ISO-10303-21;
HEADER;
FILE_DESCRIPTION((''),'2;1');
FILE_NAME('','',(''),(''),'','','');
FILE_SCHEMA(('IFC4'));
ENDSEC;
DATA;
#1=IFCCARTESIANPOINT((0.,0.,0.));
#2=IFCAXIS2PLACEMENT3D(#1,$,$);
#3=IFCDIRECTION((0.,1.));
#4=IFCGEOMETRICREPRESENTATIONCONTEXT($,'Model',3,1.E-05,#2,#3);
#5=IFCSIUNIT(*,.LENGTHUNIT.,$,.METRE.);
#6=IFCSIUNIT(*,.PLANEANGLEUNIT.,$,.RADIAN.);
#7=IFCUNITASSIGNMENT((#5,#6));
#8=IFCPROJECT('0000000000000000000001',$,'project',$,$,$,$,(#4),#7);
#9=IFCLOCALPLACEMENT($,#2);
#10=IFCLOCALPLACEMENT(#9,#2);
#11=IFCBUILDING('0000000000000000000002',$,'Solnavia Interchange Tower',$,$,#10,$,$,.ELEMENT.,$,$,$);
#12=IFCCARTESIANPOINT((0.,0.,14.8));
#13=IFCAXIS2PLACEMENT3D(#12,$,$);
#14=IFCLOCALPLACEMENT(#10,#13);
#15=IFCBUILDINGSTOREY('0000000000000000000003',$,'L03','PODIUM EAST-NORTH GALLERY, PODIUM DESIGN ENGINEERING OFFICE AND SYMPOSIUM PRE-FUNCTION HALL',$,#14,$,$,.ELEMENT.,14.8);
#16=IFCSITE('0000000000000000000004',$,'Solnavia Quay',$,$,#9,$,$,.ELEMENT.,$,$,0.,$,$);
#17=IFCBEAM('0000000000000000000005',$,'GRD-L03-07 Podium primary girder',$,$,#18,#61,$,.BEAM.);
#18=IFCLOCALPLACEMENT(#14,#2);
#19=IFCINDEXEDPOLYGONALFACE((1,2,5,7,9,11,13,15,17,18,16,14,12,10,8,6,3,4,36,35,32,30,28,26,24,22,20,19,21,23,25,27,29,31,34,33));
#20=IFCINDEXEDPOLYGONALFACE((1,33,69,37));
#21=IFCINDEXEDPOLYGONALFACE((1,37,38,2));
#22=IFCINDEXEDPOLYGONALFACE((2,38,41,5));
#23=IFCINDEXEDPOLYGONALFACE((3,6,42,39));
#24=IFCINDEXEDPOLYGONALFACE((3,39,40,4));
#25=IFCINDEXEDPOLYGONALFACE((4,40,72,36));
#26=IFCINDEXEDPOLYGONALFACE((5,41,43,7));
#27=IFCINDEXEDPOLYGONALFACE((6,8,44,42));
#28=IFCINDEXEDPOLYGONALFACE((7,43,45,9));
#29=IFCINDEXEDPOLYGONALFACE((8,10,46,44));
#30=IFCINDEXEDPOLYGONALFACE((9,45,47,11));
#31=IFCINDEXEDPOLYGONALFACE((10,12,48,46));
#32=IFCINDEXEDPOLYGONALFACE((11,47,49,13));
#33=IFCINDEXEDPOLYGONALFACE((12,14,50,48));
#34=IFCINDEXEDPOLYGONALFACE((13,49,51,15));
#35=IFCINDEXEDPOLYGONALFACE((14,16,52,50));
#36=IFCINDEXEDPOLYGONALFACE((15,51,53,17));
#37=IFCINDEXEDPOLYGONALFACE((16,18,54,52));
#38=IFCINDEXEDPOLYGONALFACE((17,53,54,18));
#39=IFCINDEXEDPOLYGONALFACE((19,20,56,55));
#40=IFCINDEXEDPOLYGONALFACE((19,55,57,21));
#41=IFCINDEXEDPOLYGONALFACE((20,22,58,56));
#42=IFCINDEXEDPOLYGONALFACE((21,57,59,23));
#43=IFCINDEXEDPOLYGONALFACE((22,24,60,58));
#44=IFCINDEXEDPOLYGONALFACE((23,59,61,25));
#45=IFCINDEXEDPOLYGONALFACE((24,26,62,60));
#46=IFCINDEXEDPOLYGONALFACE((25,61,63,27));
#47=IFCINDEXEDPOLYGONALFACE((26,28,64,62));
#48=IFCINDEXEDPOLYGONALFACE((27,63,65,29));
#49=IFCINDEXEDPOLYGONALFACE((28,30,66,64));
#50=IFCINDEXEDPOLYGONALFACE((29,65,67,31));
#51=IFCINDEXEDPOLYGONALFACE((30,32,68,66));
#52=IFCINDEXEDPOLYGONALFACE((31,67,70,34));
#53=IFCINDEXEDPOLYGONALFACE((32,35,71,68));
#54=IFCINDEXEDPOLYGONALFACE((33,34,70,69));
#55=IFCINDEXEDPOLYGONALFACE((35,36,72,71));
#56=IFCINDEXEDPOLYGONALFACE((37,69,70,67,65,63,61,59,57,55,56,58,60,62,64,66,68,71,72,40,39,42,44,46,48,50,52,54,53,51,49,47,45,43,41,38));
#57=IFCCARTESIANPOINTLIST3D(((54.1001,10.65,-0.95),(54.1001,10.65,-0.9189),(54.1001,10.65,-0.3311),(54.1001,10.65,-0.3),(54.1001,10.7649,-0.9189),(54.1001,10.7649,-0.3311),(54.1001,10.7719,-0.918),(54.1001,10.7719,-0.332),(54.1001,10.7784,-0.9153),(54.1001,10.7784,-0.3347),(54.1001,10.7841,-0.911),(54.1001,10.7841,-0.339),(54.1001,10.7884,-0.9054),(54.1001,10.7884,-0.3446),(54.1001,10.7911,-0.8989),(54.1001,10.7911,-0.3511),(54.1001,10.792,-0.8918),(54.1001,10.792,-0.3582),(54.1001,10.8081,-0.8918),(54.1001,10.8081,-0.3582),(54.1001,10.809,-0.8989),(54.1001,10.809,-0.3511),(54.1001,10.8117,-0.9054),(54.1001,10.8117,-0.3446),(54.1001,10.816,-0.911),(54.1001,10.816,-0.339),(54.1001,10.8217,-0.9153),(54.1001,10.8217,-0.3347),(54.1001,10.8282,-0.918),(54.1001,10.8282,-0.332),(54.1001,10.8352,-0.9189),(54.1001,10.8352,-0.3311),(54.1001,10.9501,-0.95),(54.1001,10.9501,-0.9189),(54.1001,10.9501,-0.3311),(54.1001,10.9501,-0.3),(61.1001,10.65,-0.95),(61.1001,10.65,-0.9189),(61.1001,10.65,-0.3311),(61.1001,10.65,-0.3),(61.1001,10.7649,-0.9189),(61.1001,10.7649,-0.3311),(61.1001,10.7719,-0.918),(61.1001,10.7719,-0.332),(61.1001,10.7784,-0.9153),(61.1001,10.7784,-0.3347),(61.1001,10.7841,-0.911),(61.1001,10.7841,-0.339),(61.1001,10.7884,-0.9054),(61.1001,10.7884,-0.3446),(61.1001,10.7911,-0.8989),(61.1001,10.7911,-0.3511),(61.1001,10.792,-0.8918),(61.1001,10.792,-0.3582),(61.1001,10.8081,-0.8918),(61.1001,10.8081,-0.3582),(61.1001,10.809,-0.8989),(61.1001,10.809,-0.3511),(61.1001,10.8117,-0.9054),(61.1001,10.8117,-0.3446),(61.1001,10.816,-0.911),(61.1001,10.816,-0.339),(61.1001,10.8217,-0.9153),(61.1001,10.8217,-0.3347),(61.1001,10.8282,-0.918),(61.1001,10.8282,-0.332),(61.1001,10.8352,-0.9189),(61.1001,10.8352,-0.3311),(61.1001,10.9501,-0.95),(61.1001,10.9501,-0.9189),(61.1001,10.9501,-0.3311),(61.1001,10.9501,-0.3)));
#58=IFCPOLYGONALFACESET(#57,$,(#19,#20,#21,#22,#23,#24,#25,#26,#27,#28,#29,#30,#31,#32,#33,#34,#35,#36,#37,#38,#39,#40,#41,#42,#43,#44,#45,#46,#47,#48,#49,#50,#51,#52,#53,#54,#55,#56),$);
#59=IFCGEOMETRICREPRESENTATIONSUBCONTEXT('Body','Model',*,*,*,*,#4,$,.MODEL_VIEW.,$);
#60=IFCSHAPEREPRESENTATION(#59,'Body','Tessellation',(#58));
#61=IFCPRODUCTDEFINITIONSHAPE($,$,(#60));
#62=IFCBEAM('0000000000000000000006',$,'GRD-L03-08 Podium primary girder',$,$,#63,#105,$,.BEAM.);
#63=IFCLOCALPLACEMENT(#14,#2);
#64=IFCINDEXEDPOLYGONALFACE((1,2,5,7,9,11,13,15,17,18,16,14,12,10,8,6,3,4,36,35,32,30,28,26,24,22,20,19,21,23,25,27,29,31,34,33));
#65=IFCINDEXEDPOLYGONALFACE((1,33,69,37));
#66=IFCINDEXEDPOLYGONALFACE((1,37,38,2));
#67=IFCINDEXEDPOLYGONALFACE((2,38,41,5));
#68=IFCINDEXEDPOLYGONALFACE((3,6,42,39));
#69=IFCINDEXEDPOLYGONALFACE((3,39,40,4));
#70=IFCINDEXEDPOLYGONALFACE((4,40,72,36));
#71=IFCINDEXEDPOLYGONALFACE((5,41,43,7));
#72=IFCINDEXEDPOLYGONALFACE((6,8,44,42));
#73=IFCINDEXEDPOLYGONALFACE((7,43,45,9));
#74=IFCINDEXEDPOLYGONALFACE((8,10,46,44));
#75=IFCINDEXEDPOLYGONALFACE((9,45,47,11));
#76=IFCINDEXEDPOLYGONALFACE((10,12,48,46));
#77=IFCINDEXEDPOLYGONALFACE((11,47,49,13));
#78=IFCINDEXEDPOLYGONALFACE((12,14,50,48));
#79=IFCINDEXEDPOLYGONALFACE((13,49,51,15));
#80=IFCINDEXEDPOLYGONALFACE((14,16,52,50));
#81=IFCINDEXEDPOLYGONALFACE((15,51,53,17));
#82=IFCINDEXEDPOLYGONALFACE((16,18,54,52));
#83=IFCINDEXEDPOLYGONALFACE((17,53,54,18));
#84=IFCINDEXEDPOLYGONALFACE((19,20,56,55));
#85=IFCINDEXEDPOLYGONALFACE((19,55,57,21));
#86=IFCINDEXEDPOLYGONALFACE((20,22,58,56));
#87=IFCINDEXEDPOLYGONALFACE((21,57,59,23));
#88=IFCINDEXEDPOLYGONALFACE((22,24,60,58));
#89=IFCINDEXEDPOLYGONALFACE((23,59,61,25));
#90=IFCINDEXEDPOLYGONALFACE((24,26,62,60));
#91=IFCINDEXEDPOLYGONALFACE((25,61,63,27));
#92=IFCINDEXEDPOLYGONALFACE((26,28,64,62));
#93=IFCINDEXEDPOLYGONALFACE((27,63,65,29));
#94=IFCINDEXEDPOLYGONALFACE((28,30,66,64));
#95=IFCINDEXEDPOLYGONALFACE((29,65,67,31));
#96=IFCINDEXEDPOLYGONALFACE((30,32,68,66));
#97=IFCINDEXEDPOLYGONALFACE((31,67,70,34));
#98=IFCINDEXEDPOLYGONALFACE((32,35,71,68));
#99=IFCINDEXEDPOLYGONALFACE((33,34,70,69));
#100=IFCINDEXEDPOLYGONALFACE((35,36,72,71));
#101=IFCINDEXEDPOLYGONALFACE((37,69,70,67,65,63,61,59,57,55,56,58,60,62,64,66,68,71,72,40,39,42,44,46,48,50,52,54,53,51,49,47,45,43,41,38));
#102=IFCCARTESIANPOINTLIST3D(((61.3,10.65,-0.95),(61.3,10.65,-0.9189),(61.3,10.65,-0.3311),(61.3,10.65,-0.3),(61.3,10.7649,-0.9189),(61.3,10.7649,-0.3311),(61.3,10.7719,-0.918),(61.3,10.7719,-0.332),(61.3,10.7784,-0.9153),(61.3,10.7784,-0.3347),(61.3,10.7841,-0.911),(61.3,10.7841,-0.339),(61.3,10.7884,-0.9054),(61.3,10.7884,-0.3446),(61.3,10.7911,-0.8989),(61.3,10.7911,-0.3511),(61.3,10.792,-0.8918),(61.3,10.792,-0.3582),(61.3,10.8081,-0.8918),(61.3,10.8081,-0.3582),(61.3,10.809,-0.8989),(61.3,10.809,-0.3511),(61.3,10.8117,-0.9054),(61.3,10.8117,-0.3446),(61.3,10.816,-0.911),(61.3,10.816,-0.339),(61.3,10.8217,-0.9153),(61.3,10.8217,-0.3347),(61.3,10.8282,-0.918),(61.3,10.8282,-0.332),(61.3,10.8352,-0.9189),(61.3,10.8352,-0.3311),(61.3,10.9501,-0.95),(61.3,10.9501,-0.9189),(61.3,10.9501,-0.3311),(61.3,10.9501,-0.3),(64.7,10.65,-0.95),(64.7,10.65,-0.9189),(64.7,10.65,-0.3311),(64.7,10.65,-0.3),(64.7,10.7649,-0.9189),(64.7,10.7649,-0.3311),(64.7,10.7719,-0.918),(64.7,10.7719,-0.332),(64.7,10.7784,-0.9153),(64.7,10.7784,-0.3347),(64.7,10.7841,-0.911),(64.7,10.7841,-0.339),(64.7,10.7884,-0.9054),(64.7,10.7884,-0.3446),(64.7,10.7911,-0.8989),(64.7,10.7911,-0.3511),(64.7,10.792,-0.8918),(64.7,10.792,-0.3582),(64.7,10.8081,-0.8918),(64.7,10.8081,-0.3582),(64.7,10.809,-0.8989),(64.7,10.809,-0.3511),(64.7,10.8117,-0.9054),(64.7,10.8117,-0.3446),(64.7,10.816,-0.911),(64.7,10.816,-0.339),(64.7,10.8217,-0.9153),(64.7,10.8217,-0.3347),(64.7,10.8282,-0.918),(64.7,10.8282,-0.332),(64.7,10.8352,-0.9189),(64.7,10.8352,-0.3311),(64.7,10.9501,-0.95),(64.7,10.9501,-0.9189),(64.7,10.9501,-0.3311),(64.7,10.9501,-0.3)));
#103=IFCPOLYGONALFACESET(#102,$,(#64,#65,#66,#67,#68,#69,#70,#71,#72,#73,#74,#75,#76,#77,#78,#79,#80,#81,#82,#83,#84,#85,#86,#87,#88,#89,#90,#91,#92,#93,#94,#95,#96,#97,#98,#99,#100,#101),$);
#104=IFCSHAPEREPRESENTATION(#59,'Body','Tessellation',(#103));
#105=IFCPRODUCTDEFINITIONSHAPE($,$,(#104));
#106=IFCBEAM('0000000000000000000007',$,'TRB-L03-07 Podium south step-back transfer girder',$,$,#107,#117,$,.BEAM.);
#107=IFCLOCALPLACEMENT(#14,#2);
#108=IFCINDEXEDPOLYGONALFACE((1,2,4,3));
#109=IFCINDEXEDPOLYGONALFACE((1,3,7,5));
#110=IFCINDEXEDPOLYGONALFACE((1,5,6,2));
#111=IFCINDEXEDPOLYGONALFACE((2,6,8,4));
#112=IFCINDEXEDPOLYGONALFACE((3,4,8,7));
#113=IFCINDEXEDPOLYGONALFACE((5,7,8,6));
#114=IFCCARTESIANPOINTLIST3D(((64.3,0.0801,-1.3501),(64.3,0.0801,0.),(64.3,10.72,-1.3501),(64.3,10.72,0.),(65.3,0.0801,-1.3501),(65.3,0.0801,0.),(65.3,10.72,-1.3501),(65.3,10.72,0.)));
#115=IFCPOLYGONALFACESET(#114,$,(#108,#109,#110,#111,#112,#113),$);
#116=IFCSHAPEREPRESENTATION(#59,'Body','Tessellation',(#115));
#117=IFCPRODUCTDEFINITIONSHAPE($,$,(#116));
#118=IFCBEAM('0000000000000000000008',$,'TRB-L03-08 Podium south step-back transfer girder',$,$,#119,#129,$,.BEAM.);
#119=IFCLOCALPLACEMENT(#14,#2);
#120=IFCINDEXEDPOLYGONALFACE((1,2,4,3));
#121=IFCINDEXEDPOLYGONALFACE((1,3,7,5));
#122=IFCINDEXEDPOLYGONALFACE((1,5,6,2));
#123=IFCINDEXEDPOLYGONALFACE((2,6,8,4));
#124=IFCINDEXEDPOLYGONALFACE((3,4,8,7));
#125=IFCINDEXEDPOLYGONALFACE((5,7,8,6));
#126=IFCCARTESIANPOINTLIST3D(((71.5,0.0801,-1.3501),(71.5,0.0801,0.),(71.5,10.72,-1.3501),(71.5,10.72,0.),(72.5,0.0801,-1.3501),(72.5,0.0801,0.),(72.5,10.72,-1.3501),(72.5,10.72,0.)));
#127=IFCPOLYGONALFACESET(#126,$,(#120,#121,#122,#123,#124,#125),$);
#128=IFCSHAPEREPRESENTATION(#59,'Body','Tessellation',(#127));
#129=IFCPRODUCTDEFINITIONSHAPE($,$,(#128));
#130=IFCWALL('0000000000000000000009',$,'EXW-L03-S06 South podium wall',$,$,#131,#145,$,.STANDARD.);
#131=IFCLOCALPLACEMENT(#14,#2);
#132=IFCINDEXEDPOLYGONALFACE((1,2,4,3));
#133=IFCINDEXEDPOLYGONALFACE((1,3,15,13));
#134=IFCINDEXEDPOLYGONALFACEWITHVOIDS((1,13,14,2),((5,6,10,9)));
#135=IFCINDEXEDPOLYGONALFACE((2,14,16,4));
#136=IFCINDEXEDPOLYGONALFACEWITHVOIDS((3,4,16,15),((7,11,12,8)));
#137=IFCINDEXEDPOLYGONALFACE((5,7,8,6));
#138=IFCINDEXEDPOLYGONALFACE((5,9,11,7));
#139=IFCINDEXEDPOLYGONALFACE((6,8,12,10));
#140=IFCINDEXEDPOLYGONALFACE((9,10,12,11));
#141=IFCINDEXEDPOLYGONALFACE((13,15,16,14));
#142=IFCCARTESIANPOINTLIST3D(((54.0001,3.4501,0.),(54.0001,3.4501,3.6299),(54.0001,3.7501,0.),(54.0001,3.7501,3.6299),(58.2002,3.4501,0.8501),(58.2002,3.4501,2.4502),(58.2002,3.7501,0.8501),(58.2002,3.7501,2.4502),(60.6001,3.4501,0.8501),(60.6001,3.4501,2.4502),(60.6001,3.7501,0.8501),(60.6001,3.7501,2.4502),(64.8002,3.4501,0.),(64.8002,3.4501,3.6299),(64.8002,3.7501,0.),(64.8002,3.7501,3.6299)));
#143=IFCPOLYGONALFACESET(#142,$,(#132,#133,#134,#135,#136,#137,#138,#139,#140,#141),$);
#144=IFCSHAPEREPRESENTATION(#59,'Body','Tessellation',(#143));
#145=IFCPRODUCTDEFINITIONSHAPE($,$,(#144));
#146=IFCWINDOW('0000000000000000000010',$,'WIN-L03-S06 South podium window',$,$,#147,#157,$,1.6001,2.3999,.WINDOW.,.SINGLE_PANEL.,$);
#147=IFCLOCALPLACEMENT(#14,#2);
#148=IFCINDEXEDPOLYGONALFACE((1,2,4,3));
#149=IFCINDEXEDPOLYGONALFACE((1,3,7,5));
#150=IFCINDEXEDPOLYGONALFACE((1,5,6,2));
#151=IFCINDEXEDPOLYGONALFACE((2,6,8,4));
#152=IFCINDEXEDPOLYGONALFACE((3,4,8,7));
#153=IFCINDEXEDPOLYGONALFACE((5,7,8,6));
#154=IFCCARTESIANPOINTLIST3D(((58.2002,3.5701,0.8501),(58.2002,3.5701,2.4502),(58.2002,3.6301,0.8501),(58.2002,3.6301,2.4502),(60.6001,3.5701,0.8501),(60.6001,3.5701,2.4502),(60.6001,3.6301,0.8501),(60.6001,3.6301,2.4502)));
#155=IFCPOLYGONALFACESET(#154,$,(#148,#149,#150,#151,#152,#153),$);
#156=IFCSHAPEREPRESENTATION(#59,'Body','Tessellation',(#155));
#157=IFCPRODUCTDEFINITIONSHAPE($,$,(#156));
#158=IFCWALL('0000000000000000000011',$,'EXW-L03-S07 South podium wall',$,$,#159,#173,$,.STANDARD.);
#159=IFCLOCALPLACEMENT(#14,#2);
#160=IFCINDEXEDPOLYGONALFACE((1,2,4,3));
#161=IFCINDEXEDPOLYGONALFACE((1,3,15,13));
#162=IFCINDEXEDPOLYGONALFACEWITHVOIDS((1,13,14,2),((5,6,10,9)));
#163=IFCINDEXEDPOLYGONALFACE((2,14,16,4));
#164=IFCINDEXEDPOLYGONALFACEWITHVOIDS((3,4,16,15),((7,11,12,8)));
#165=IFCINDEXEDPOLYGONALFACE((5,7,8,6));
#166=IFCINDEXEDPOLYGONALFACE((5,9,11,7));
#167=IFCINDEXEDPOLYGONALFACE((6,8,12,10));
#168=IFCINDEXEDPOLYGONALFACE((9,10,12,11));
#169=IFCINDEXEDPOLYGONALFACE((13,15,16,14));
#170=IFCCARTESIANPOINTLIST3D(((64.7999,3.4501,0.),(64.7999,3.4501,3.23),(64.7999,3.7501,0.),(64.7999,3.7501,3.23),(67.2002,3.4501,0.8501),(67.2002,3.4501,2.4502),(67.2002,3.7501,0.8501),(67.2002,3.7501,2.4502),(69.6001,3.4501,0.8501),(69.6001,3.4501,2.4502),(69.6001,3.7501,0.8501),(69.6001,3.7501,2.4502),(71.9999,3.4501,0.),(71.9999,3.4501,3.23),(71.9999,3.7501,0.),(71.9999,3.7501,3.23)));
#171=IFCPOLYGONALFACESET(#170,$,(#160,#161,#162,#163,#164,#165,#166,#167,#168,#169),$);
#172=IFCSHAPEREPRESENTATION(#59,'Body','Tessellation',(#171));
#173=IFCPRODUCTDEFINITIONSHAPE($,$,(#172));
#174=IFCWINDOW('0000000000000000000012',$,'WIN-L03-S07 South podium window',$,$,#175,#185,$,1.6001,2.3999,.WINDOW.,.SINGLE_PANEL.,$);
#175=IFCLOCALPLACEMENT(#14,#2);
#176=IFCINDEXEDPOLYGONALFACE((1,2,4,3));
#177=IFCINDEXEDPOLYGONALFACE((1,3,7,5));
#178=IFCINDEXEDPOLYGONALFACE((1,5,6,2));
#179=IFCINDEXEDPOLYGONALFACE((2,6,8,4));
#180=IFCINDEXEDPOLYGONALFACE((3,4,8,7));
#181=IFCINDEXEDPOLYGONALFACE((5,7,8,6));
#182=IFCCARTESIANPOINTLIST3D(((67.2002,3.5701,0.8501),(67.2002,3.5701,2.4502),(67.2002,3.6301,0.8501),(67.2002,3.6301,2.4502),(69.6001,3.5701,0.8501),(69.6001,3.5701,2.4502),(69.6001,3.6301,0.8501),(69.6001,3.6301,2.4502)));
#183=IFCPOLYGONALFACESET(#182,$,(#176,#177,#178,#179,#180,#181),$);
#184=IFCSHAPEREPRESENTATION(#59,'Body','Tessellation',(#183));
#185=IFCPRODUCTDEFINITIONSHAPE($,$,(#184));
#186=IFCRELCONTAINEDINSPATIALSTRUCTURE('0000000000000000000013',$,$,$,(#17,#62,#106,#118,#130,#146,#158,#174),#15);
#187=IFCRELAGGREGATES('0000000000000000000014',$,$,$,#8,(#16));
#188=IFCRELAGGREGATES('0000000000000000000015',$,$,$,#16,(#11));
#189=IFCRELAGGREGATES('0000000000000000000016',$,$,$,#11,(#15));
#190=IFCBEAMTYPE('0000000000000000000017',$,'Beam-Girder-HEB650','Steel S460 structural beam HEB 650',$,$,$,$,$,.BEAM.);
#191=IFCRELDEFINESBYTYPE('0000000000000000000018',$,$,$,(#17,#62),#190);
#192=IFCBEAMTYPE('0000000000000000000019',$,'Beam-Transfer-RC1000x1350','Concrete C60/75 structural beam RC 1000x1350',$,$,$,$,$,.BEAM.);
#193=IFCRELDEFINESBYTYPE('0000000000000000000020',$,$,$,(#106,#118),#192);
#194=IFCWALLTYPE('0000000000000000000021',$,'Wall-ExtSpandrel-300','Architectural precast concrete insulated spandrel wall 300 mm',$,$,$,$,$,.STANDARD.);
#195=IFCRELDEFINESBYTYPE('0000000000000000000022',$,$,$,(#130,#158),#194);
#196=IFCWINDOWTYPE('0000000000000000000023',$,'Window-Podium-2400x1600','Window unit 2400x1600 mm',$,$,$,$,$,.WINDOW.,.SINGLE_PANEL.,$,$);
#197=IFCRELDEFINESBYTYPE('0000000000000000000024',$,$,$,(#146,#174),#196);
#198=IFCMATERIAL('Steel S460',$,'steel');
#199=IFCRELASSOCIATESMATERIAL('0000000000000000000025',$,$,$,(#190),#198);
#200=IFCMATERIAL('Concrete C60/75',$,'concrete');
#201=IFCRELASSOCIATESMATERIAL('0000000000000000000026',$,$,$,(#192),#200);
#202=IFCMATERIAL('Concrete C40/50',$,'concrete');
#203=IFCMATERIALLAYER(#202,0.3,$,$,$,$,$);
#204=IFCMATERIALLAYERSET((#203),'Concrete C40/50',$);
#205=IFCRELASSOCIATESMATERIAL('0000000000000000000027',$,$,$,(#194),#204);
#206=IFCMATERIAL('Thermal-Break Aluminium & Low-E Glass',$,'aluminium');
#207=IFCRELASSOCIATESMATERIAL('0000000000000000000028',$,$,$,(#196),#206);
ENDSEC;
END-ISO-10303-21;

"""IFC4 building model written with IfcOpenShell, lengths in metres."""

from ifc_helpers import new_model, si_unit, direction, frame, frame_2d, origin, origin_2d, place, context, subcontext, project, spatial, rectangle, i_section, extrude, material, layer, layer_set, material_profile, profile_set, type_object, element, fill, save


model = new_model("IFC4")

# Units and contexts
model_context = context("Model", 3, precision=1e-05, world=origin(), true_north=direction((0.0, 1.0)))
body_context = subcontext(model_context, "Body", "Model", "MODEL_VIEW")
ifc_project = project(units=[si_unit("LENGTHUNIT", "METRE"), si_unit("PLANEANGLEUNIT", "RADIAN")], contexts=[model_context])

# Site, building, storey
site_placement = place(None, origin())
site = spatial("IfcSite", under=ifc_project, at=site_placement, Name="Solnavia Quay", CompositionType="ELEMENT", RefElevation=0.0)
building_placement = place(site_placement, origin())
building = spatial("IfcBuilding", under=site, at=building_placement, Name="Solnavia Interchange Tower", CompositionType="ELEMENT")
storey_placement = place(building_placement, frame((0.0, 0.0, 14.8)))
storey = spatial("IfcBuildingStorey", under=building, at=storey_placement, Name="L03", Description="PODIUM EAST-NORTH GALLERY, PODIUM DESIGN ENGINEERING OFFICE AND SYMPOSIUM PRE-FUNCTION HALL", CompositionType="ELEMENT", Elevation=14.8)

# Shared definitions
ifc_material_1 = material(Name="Concrete C60/75", Category="concrete")

# Beams
ifc_material_2 = material(Name="Steel S460", Category="steel")
ifc_material_profile_1 = material_profile(ifc_material_2, i_section(OverallWidth=0.3, OverallDepth=0.6499, WebThickness=0.0161, FlangeThickness=0.031, FilletRadius=0.0271, at=origin_2d()), Name="HEB 650")
ifc_profile_set_1 = profile_set([ifc_material_profile_1], Name="Steel S460")
beam_type_1 = type_object("IfcBeamType", Name="Beam-Girder-HEB650", Description="Steel S460 structural beam HEB 650", PredefinedType="BEAM", material=ifc_profile_set_1)
beam_1_placement = place(storey_placement, frame((54.1001, 10.8, -0.625), z_axis=(1.0, 0.0, 0.0), x_axis=(0.0, 1.0, 0.0)))
element("IfcBeam", 1, at=beam_1_placement, inside=storey, type_object=beam_type_1, Name="GRD-L03-07 Podium primary girder", PredefinedType="BEAM", context=body_context, shape_type="SweptSolid", body=[
    extrude(i_section(OverallWidth=0.3, OverallDepth=0.6499, WebThickness=0.0161, FlangeThickness=0.031, FilletRadius=0.0271, at=origin_2d()), origin(), (0.0, 0.0, 1.0), 7.0),
])
beam_2_placement = place(storey_placement, frame((61.3, 10.8, -0.625), z_axis=(1.0, 0.0, 0.0), x_axis=(0.0, 1.0, 0.0)))
element("IfcBeam", 2, at=beam_2_placement, inside=storey, type_object=beam_type_1, Name="GRD-L03-08 Podium primary girder", PredefinedType="BEAM", context=body_context, shape_type="SweptSolid", body=[
    extrude(i_section(OverallWidth=0.3, OverallDepth=0.6499, WebThickness=0.0161, FlangeThickness=0.031, FilletRadius=0.0271, at=origin_2d()), origin(), (0.0, 0.0, 1.0), 3.3999),
])
ifc_material_profile_2 = material_profile(ifc_material_1, rectangle(XDim=1.0, YDim=1.3501, at=origin_2d()), Name="RC 1000x1350")
ifc_profile_set_2 = profile_set([ifc_material_profile_2], Name="Concrete C60/75")
beam_type_2 = type_object("IfcBeamType", Name="Beam-Transfer-RC1000x1350", Description="Concrete C60/75 structural beam RC 1000x1350", PredefinedType="BEAM", material=ifc_profile_set_2)
for number, where, z_axis, x_axis, name in (
    (3, (64.8, 0.0801, -0.675), (0.0, 1.0, 0.0), (-1.0, 0.0, 0.0), "TRB-L03-07 Podium south step-back transfer girder"),
    (4, (72.0, 0.0801, -0.675), (0.0, 1.0, 0.0), (-1.0, 0.0, 0.0), "TRB-L03-08 Podium south step-back transfer girder"),
):
    element("IfcBeam", number, at=place(storey_placement, frame(where, z_axis=z_axis, x_axis=x_axis)), inside=storey, type_object=beam_type_2, Name=name, PredefinedType="BEAM", context=body_context, shape_type="SweptSolid", body=[
        extrude(rectangle(XDim=1.0, YDim=1.3501, at=origin_2d()), origin(), (0.0, 0.0, 1.0), 10.6399),
    ])

# Walls, openings, windows
ifc_material_3 = material(Name="Concrete C40/50", Category="concrete")
ifc_layer_1 = layer(ifc_material_3, 0.3)
ifc_layer_set_1 = layer_set([ifc_layer_1], Name="Concrete C40/50")
wall_type_1 = type_object("IfcWallType", Name="Wall-ExtSpandrel-300", Description="Architectural precast concrete insulated spandrel wall 300 mm", PredefinedType="STANDARD", material=ifc_layer_set_1)
wall_1_placement = place(storey_placement, frame((64.8, 3.6001, 0.0), z_axis=(0.0, 0.0, 1.0), x_axis=(-1.0, 0.0, 0.0)))
wall_1 = element("IfcWall", 5, at=wall_1_placement, inside=storey, type_object=wall_type_1, Name="EXW-L03-S06 South podium wall", PredefinedType="STANDARD", context=body_context, shape_type="SweptSolid", body=[
    extrude(rectangle(XDim=10.8, YDim=0.3, at=frame_2d((5.3999, 0.0))), origin(), (0.0, 0.0, 1.0), 3.6299),
])
opening_1_placement = place(wall_1_placement, frame((4.2, 0.0, 0.8501)))
opening_1 = element("IfcOpeningElement", 6, at=opening_1_placement, cuts=wall_1, PredefinedType="OPENING", context=body_context, shape_type="SweptSolid", body=[
    extrude(rectangle(XDim=2.3999, YDim=1.6001, at=frame_2d((1.2, 0.8))), frame((0.0, 0.1602, 0.0), z_axis=(0.0, -1.0, 0.0), x_axis=(1.0, 0.0, 0.0)), (0.0, 0.0, 1.0), 0.3201),
])
ifc_material_4 = material(Name="Thermal-Break Aluminium & Low-E Glass", Category="aluminium")
window_type = type_object("IfcWindowType", Name="Window-Podium-2400x1600", Description="Window unit 2400x1600 mm", PartitioningType="SINGLE_PANEL", PredefinedType="WINDOW", material=ifc_material_4)
window_1_placement = place(opening_1_placement, origin())
window_1 = element("IfcWindow", 7, at=window_1_placement, inside=storey, type_object=window_type, Name="WIN-L03-S06 South podium window", OverallHeight=1.6001, OverallWidth=2.3999, PartitioningType="SINGLE_PANEL", PredefinedType="WINDOW", context=body_context, shape_type="SweptSolid", body=[
    extrude(rectangle(XDim=2.3999, YDim=1.6001, at=frame_2d((1.2, 0.8))), frame((0.0, 0.03, 0.0), z_axis=(0.0, -1.0, 0.0), x_axis=(1.0, 0.0, 0.0)), (0.0, 0.0, 1.0), 0.0601),
])
fill(opening_1, window_1)
wall_2_placement = place(storey_placement, frame((72.0, 3.6001, 0.0), z_axis=(0.0, 0.0, 1.0), x_axis=(-1.0, 0.0, 0.0)))
wall_2 = element("IfcWall", 8, at=wall_2_placement, inside=storey, type_object=wall_type_1, Name="EXW-L03-S07 South podium wall", PredefinedType="STANDARD", context=body_context, shape_type="SweptSolid", body=[
    extrude(rectangle(XDim=7.2, YDim=0.3, at=frame_2d((3.6001, 0.0))), origin(), (0.0, 0.0, 1.0), 3.23),
])
opening_2_placement = place(wall_2_placement, frame((2.3999, 0.0, 0.8501)))
opening_2 = element("IfcOpeningElement", 9, at=opening_2_placement, cuts=wall_2, PredefinedType="OPENING", context=body_context, shape_type="SweptSolid", body=[
    extrude(rectangle(XDim=2.3999, YDim=1.6001, at=frame_2d((1.2, 0.8))), frame((0.0, 0.1602, 0.0), z_axis=(0.0, -1.0, 0.0), x_axis=(1.0, 0.0, 0.0)), (0.0, 0.0, 1.0), 0.3201),
])
window_2_placement = place(opening_2_placement, origin())
window_2 = element("IfcWindow", 10, at=window_2_placement, inside=storey, type_object=window_type, Name="WIN-L03-S07 South podium window", OverallHeight=1.6001, OverallWidth=2.3999, PartitioningType="SINGLE_PANEL", PredefinedType="WINDOW", context=body_context, shape_type="SweptSolid", body=[
    extrude(rectangle(XDim=2.3999, YDim=1.6001, at=frame_2d((1.2, 0.8))), frame((0.0, 0.03, 0.0), z_axis=(0.0, -1.0, 0.0), x_axis=(1.0, 0.0, 0.0)), (0.0, 0.0, 1.0), 0.0601),
])
fill(opening_2, window_2)

save(model, "model.ifc")
